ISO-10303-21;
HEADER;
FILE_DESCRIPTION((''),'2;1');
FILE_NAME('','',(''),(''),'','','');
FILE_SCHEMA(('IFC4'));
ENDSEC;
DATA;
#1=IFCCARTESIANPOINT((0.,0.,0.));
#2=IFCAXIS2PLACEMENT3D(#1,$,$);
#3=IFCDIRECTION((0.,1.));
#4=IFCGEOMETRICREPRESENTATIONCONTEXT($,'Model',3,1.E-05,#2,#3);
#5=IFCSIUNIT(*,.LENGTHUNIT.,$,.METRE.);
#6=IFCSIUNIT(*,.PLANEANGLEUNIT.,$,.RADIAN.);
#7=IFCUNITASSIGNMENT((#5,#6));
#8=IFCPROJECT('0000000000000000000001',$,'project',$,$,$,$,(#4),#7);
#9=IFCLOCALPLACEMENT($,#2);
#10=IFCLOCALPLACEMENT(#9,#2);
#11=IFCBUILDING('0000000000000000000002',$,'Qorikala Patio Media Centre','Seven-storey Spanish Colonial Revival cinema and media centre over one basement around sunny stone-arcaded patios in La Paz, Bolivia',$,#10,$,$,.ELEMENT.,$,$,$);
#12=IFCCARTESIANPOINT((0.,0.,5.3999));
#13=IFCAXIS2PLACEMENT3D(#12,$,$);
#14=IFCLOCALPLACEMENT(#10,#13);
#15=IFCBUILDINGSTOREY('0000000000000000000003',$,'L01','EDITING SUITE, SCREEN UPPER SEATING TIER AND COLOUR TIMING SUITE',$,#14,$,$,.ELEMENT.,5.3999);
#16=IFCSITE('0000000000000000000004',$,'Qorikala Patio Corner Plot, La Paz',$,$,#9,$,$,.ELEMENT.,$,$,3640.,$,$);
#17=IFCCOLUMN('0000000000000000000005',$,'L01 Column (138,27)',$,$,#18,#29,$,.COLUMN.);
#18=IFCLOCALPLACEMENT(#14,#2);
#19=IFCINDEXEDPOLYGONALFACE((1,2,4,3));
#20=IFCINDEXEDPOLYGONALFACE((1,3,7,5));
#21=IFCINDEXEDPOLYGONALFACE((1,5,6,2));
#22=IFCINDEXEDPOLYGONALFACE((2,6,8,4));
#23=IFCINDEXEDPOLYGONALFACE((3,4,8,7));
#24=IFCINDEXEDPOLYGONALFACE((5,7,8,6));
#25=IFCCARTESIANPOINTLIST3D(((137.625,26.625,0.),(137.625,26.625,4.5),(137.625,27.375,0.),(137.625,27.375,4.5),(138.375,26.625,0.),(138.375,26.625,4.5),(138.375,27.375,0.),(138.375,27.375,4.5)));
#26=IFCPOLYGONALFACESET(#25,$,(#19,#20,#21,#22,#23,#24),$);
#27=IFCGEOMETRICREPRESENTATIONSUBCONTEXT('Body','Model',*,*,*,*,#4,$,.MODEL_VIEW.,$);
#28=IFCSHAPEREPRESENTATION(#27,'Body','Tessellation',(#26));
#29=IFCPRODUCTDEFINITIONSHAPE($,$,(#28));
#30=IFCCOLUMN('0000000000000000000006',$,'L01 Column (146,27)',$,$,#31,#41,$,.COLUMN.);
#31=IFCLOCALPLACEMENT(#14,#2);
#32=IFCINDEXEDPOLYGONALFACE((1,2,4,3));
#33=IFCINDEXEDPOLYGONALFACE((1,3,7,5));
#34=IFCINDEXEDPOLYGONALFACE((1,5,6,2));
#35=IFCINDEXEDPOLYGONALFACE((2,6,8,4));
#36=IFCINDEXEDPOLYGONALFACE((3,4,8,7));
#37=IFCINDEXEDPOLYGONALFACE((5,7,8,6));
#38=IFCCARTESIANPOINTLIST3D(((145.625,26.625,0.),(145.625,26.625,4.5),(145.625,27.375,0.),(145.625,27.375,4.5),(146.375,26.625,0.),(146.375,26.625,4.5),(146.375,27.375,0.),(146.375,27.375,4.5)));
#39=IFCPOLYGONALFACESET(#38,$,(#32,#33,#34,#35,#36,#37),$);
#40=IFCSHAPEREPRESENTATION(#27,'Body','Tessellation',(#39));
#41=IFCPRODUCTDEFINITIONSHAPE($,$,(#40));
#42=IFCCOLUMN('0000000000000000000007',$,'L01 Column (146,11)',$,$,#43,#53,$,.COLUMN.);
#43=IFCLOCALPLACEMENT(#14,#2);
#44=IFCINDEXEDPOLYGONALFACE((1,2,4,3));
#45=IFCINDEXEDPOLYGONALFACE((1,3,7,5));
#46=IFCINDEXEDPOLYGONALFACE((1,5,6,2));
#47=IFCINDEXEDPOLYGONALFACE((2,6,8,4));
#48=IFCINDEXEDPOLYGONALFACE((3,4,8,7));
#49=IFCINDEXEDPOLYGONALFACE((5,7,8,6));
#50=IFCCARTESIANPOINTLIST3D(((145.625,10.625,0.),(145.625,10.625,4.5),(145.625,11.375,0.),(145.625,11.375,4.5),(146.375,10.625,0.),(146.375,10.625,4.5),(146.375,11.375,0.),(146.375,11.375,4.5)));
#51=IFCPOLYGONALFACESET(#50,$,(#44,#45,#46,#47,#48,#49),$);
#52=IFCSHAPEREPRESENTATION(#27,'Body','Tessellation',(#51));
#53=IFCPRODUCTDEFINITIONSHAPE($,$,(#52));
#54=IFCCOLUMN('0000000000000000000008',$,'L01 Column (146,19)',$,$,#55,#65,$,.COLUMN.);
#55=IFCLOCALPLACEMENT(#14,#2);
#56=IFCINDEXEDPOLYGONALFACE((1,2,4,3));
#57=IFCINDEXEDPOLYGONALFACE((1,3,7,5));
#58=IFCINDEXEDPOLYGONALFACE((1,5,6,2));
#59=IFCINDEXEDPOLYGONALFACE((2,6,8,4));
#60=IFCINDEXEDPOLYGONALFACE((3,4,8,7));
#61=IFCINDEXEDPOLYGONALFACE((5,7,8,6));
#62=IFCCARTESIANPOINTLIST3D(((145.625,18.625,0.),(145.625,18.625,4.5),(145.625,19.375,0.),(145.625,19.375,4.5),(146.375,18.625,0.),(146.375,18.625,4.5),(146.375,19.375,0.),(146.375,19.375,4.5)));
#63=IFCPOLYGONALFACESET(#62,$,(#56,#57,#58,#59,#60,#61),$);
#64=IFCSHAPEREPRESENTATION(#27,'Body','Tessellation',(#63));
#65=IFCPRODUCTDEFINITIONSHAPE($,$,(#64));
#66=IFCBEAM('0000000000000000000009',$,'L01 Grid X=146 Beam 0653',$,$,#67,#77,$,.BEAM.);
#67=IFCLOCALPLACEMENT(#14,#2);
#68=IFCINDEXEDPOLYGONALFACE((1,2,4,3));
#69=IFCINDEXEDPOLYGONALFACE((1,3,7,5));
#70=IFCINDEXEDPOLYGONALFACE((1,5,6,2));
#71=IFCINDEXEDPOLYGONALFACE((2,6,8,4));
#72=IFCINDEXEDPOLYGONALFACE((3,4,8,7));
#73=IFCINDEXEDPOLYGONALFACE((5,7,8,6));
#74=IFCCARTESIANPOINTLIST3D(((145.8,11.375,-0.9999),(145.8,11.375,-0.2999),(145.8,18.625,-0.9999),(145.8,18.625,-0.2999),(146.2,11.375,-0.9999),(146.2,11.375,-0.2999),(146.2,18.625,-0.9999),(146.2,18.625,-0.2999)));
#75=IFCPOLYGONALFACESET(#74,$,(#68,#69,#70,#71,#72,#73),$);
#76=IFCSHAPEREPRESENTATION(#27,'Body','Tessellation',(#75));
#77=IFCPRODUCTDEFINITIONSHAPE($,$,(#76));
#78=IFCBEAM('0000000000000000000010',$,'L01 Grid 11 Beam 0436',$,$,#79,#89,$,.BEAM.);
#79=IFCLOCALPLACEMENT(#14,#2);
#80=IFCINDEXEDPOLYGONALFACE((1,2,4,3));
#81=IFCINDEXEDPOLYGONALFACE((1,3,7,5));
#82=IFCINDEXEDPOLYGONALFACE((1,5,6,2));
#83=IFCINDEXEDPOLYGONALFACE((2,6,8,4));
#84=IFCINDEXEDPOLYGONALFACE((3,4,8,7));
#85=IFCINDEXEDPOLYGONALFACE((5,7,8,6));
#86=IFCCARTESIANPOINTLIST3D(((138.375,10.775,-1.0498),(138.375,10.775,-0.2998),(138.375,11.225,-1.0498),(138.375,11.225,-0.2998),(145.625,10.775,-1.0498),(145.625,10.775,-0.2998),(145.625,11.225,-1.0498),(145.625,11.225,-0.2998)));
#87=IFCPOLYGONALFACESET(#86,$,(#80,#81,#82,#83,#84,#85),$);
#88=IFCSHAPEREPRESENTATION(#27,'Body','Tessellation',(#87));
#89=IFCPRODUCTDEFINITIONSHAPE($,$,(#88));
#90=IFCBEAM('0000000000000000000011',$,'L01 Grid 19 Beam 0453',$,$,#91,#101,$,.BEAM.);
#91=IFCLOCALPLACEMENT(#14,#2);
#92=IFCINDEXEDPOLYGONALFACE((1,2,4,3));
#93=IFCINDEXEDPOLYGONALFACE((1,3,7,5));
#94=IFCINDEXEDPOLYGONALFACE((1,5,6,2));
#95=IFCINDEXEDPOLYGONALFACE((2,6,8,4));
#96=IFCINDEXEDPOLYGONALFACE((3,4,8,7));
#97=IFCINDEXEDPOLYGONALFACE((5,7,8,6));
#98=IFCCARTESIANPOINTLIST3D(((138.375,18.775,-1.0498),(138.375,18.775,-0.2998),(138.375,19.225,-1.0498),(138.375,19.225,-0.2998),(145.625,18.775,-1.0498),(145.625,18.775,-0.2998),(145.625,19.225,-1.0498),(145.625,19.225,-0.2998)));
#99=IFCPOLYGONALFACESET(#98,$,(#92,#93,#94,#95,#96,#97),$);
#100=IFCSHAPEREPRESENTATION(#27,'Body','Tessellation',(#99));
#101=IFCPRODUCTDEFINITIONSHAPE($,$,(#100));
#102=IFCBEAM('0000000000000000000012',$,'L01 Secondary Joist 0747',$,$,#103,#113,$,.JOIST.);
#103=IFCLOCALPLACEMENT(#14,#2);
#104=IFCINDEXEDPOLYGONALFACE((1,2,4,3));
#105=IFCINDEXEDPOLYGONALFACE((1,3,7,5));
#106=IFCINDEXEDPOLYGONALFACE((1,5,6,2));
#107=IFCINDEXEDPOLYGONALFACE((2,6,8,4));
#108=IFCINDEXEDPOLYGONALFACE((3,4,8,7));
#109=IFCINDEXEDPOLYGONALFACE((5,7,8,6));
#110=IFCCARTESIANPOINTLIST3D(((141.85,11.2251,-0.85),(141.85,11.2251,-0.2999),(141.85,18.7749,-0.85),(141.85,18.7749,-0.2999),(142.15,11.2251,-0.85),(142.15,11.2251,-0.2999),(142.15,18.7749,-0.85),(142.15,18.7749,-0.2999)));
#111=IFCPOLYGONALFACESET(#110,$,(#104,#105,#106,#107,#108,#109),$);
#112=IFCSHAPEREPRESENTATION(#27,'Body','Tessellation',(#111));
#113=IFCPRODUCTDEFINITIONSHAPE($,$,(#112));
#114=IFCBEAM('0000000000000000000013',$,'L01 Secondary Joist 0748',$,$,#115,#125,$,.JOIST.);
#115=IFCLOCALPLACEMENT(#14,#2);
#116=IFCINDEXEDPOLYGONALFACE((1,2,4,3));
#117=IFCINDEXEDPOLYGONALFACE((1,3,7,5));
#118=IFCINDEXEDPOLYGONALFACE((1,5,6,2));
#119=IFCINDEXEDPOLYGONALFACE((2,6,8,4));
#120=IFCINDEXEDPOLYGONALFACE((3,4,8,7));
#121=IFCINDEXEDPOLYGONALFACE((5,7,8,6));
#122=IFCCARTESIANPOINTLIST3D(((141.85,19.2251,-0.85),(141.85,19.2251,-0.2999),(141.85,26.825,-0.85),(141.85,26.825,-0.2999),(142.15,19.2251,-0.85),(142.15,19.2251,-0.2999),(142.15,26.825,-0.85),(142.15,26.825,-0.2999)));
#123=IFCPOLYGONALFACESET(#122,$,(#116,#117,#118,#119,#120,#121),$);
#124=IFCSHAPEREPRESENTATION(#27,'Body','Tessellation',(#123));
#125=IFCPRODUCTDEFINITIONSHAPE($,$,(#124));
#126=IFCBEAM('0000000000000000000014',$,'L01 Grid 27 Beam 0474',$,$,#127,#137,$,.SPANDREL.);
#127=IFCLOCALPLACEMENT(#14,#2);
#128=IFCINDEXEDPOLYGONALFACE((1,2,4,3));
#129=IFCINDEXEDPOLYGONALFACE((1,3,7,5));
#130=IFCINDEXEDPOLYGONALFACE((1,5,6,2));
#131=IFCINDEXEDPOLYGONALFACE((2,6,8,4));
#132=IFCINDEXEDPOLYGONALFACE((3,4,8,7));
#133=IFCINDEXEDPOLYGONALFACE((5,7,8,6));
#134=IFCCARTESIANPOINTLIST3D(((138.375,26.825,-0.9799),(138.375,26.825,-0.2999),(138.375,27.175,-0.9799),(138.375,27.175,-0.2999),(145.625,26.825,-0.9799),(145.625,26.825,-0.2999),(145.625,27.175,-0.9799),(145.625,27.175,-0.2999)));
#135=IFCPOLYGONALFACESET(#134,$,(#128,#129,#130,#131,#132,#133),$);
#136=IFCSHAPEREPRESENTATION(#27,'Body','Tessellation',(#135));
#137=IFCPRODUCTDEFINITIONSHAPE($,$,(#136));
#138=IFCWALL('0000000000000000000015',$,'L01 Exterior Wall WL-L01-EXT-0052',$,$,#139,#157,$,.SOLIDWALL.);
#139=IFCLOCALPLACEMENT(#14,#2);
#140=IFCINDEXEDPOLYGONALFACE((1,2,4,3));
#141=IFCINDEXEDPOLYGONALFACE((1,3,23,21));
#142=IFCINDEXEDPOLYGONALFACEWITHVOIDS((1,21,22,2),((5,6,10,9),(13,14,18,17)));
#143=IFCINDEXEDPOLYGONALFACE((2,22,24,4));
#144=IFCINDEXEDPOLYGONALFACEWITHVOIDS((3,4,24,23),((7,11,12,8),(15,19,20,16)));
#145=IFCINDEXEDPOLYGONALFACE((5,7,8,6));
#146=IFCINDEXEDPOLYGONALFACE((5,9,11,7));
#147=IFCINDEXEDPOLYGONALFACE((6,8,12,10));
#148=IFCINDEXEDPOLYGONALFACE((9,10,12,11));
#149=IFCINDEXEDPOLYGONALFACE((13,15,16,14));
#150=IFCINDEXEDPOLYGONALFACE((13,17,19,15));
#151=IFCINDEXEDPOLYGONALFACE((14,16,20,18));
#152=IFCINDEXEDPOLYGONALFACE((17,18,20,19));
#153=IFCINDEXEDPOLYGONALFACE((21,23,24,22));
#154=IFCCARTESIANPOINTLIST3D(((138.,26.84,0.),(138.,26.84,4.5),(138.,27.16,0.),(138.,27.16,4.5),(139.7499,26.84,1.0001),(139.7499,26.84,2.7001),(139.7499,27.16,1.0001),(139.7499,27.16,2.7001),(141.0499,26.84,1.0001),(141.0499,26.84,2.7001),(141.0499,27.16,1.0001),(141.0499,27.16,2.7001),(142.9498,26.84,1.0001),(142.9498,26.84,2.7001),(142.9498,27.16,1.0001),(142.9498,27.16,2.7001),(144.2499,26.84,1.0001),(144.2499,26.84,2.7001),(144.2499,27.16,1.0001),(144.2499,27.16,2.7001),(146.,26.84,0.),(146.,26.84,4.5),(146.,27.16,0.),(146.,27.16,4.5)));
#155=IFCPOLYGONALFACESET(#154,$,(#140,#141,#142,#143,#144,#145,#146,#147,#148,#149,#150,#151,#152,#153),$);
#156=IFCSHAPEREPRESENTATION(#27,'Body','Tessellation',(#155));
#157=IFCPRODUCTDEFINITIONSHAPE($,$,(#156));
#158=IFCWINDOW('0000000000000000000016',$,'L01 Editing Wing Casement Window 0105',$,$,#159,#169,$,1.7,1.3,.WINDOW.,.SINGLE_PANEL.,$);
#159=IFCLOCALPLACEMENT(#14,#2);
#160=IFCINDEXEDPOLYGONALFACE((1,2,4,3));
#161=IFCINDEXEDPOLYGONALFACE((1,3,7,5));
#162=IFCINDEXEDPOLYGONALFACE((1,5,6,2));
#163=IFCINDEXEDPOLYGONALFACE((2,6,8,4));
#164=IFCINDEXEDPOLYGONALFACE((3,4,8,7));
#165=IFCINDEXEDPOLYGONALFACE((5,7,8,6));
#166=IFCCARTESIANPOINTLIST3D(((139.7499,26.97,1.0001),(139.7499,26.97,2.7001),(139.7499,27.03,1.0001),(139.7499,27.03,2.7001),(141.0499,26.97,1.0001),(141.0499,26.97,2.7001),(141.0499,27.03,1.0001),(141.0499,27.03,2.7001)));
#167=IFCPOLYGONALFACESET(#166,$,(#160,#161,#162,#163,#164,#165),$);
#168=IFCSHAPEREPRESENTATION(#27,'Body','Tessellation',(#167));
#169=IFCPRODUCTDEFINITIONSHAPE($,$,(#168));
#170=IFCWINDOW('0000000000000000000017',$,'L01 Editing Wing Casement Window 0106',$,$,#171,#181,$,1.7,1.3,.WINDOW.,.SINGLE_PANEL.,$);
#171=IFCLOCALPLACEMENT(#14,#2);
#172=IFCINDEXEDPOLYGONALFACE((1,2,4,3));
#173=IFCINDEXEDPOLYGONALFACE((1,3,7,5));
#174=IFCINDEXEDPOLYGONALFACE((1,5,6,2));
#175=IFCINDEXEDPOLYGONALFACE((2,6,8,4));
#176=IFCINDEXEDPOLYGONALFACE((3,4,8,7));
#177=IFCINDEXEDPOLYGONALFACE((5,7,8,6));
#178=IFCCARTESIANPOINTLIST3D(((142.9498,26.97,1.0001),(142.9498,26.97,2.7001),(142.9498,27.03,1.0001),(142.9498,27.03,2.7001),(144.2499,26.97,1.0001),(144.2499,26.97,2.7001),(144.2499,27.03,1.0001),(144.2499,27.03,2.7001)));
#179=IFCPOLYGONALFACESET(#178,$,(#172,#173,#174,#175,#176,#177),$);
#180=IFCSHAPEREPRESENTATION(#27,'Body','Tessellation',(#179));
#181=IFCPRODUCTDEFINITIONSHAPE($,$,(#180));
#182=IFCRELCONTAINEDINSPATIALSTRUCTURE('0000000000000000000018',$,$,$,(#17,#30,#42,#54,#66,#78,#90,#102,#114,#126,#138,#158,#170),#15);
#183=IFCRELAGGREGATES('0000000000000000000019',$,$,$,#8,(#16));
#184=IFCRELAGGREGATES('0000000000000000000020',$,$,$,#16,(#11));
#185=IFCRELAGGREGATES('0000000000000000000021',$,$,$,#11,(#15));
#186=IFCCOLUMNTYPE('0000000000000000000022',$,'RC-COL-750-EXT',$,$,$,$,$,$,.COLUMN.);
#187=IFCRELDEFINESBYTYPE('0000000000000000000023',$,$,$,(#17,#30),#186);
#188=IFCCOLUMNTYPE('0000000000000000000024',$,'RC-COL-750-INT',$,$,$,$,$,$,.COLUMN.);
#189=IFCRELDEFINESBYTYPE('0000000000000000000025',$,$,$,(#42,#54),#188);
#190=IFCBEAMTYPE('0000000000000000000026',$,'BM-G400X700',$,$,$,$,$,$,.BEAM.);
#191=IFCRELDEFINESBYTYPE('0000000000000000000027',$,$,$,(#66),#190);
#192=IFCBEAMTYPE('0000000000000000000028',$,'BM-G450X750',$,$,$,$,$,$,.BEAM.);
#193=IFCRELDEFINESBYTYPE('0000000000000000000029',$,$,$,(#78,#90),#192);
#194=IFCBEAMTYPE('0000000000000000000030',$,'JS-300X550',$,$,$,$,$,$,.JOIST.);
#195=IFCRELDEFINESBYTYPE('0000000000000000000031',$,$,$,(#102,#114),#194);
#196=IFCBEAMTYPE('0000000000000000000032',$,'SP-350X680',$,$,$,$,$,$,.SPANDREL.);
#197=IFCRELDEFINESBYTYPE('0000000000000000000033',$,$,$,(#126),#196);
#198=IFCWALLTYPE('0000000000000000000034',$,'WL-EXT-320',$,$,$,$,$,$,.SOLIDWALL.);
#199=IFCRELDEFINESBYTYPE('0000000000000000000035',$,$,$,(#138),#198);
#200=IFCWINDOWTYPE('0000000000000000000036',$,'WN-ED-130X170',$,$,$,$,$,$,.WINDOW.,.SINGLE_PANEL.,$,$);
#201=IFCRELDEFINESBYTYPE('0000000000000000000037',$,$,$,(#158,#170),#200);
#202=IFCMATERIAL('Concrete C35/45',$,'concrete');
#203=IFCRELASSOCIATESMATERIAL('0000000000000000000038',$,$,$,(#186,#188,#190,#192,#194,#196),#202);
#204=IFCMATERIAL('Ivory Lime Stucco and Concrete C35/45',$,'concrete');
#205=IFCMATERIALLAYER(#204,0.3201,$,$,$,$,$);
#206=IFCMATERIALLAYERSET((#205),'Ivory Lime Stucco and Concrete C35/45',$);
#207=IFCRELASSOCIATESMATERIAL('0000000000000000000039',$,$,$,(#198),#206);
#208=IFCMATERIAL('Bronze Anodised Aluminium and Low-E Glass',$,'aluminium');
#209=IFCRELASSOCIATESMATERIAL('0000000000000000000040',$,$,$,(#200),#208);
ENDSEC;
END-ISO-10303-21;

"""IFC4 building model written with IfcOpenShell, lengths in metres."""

from ifc_helpers import new_model, si_unit, direction, frame, frame_2d, origin, origin_2d, place, context, subcontext, project, spatial, rectangle, extrude, material, layer, layer_set, material_profile, profile_set, type_object, element, fill, save


model = new_model("IFC4")

# Units and contexts
model_context = context("Model", 3, precision=1e-05, world=origin(), true_north=direction((0.0, 1.0)))
body_context = subcontext(model_context, "Body", "Model", "MODEL_VIEW")
ifc_project = project(units=[si_unit("LENGTHUNIT", "METRE"), si_unit("PLANEANGLEUNIT", "RADIAN")], contexts=[model_context])

# Site, building, storey
site_placement = place(None, origin())
site = spatial("IfcSite", under=ifc_project, at=site_placement, Name="Qorikala Patio Corner Plot, La Paz", CompositionType="ELEMENT", RefElevation=3640.0)
building_placement = place(site_placement, origin())
building = spatial("IfcBuilding", under=site, at=building_placement, Name="Qorikala Patio Media Centre", Description="Seven-storey Spanish Colonial Revival cinema and media centre over one basement around sunny stone-arcaded patios in La Paz, Bolivia", CompositionType="ELEMENT")
storey_placement = place(building_placement, frame((0.0, 0.0, 5.3999)))
storey = spatial("IfcBuildingStorey", under=building, at=storey_placement, Name="L01", Description="EDITING SUITE, SCREEN UPPER SEATING TIER AND COLOUR TIMING SUITE", CompositionType="ELEMENT", Elevation=5.3999)

# Columns
ifc_material_1 = material(Name="Concrete C35/45", Category="concrete")
ifc_material_profile_1 = material_profile(ifc_material_1, rectangle(XDim=0.75, YDim=0.75, at=origin_2d()), Name="RC 750x750")
ifc_profile_set_1 = profile_set([ifc_material_profile_1], Name="Concrete C35/45")
column_type_1 = type_object("IfcColumnType", Name="RC-COL-750-EXT", PredefinedType="COLUMN", material=ifc_profile_set_1)
for number, where, z_axis, x_axis, name in (
    (1, (138.0, 27.0, 0.0), (0.0, 0.0, 1.0), (1.0, 0.0, 0.0), "L01 Column (138,27)"),
    (2, (146.0, 27.0, 0.0), (0.0, 0.0, 1.0), (1.0, 0.0, 0.0), "L01 Column (146,27)"),
):
    element("IfcColumn", number, at=place(storey_placement, frame(where, z_axis=z_axis, x_axis=x_axis)), inside=storey, type_object=column_type_1, Name=name, PredefinedType="COLUMN", context=body_context, shape_type="SweptSolid", body=[
        extrude(rectangle(XDim=0.75, YDim=0.75, at=origin_2d()), origin(), (0.0, 0.0, 1.0), 4.5),
    ])
ifc_material_profile_2 = material_profile(ifc_material_1, rectangle(XDim=0.75, YDim=0.75, at=origin_2d()), Name="RC 750x750")
ifc_profile_set_2 = profile_set([ifc_material_profile_2], Name="Concrete C35/45")
column_type_2 = type_object("IfcColumnType", Name="RC-COL-750-INT", PredefinedType="COLUMN", material=ifc_profile_set_2)
for number, where, z_axis, x_axis, name in (
    (3, (146.0, 11.0, 0.0), (0.0, 0.0, 1.0), (1.0, 0.0, 0.0), "L01 Column (146,11)"),
    (4, (146.0, 19.0, 0.0), (0.0, 0.0, 1.0), (1.0, 0.0, 0.0), "L01 Column (146,19)"),
):
    element("IfcColumn", number, at=place(storey_placement, frame(where, z_axis=z_axis, x_axis=x_axis)), inside=storey, type_object=column_type_2, Name=name, PredefinedType="COLUMN", context=body_context, shape_type="SweptSolid", body=[
        extrude(rectangle(XDim=0.75, YDim=0.75, at=origin_2d()), origin(), (0.0, 0.0, 1.0), 4.5),
    ])

# Beams
ifc_material_profile_3 = material_profile(ifc_material_1, rectangle(XDim=0.3999, YDim=0.7, at=origin_2d()), Name="RC 400x700")
ifc_profile_set_3 = profile_set([ifc_material_profile_3], Name="Concrete C35/45")
beam_type_1 = type_object("IfcBeamType", Name="BM-G400X700", PredefinedType="BEAM", material=ifc_profile_set_3)
beam_1_placement = place(storey_placement, frame((146.0, 11.375, -0.6499), z_axis=(0.0, 1.0, 0.0), x_axis=(-1.0, 0.0, 0.0)))
element("IfcBeam", 5, at=beam_1_placement, inside=storey, type_object=beam_type_1, Name="L01 Grid X=146 Beam 0653", PredefinedType="BEAM", context=body_context, shape_type="SweptSolid", body=[
    extrude(rectangle(XDim=0.3999, YDim=0.7, at=origin_2d()), origin(), (0.0, 0.0, 1.0), 7.25),
])
ifc_material_profile_4 = material_profile(ifc_material_1, rectangle(XDim=0.45, YDim=0.75, at=origin_2d()), Name="RC 450x750")
ifc_profile_set_4 = profile_set([ifc_material_profile_4], Name="Concrete C35/45")
beam_type_2 = type_object("IfcBeamType", Name="BM-G450X750", PredefinedType="BEAM", material=ifc_profile_set_4)
for number, where, z_axis, x_axis, name in (
    (6, (138.375, 11.0, -0.6748), (1.0, 0.0, 0.0), (0.0, 1.0, 0.0), "L01 Grid 11 Beam 0436"),
    (7, (138.375, 19.0, -0.6748), (1.0, 0.0, 0.0), (0.0, 1.0, 0.0), "L01 Grid 19 Beam 0453"),
):
    element("IfcBeam", number, at=place(storey_placement, frame(where, z_axis=z_axis, x_axis=x_axis)), inside=storey, type_object=beam_type_2, Name=name, PredefinedType="BEAM", context=body_context, shape_type="SweptSolid", body=[
        extrude(rectangle(XDim=0.45, YDim=0.75, at=origin_2d()), origin(), (0.0, 0.0, 1.0), 7.25),
    ])
ifc_material_profile_5 = material_profile(ifc_material_1, rectangle(XDim=0.3, YDim=0.55, at=origin_2d()), Name="RC 300x550")
ifc_profile_set_5 = profile_set([ifc_material_profile_5], Name="Concrete C35/45")
beam_type_3 = type_object("IfcBeamType", Name="JS-300X550", PredefinedType="JOIST", material=ifc_profile_set_5)
beam_2_placement = place(storey_placement, frame((142.0, 11.2251, -0.575), z_axis=(0.0, 1.0, 0.0), x_axis=(-1.0, 0.0, 0.0)))
element("IfcBeam", 8, at=beam_2_placement, inside=storey, type_object=beam_type_3, Name="L01 Secondary Joist 0747", PredefinedType="JOIST", context=body_context, shape_type="SweptSolid", body=[
    extrude(rectangle(XDim=0.3, YDim=0.55, at=origin_2d()), origin(), (0.0, 0.0, 1.0), 7.5498),
])
beam_3_placement = place(storey_placement, frame((142.0, 19.2251, -0.575), z_axis=(0.0, 1.0, 0.0), x_axis=(-1.0, 0.0, 0.0)))
element("IfcBeam", 9, at=beam_3_placement, inside=storey, type_object=beam_type_3, Name="L01 Secondary Joist 0748", PredefinedType="JOIST", context=body_context, shape_type="SweptSolid", body=[
    extrude(rectangle(XDim=0.3, YDim=0.55, at=origin_2d()), origin(), (0.0, 0.0, 1.0), 7.5999),
])
ifc_material_profile_6 = material_profile(ifc_material_1, rectangle(XDim=0.3501, YDim=0.6799, at=origin_2d()), Name="RC 350x680")
ifc_profile_set_6 = profile_set([ifc_material_profile_6], Name="Concrete C35/45")
beam_type_4 = type_object("IfcBeamType", Name="SP-350X680", PredefinedType="SPANDREL", material=ifc_profile_set_6)
beam_4_placement = place(storey_placement, frame((138.375, 27.0, -0.6399), z_axis=(1.0, 0.0, 0.0), x_axis=(0.0, 1.0, 0.0)))
element("IfcBeam", 10, at=beam_4_placement, inside=storey, type_object=beam_type_4, Name="L01 Grid 27 Beam 0474", PredefinedType="SPANDREL", context=body_context, shape_type="SweptSolid", body=[
    extrude(rectangle(XDim=0.3501, YDim=0.6799, at=origin_2d()), origin(), (0.0, 0.0, 1.0), 7.25),
])

# Wall, openings, windows
ifc_material_2 = material(Name="Ivory Lime Stucco and Concrete C35/45", Category="concrete")
ifc_layer_1 = layer(ifc_material_2, 0.3201)
ifc_layer_set_1 = layer_set([ifc_layer_1], Name="Ivory Lime Stucco and Concrete C35/45")
wall_type_1 = type_object("IfcWallType", Name="WL-EXT-320", PredefinedType="SOLIDWALL", material=ifc_layer_set_1)
wall_1_placement = place(storey_placement, frame((138.0, 27.0, 0.0), z_axis=(0.0, 0.0, 1.0), x_axis=(1.0, 0.0, 0.0)))
wall_1 = element("IfcWall", 11, at=wall_1_placement, inside=storey, type_object=wall_type_1, Name="L01 Exterior Wall WL-L01-EXT-0052", PredefinedType="SOLIDWALL", context=body_context, shape_type="SweptSolid", body=[
    extrude(rectangle(XDim=8.0, YDim=0.3201, at=frame_2d((4.0, 0.0))), origin(), (0.0, 0.0, 1.0), 4.5),
])
opening_1_placement = place(wall_1_placement, frame((1.75, 0.0, 1.0)))
opening_1 = element("IfcOpeningElement", 12, at=opening_1_placement, cuts=wall_1, PredefinedType="OPENING", context=body_context, shape_type="SweptSolid", body=[
    extrude(rectangle(XDim=1.3, YDim=1.7, at=frame_2d((0.6499, 0.8501))), frame((0.0, 0.1699, 0.0), z_axis=(0.0, -1.0, 0.0), x_axis=(1.0, 0.0, 0.0)), (0.0, 0.0, 1.0), 0.3401),
])
opening_2_placement = place(wall_1_placement, frame((4.95, 0.0, 1.0)))
opening_2 = element("IfcOpeningElement", 13, at=opening_2_placement, cuts=wall_1, PredefinedType="OPENING", context=body_context, shape_type="SweptSolid", body=[
    extrude(rectangle(XDim=1.3, YDim=1.7, at=frame_2d((0.6499, 0.8501))), frame((0.0, 0.1699, 0.0), z_axis=(0.0, -1.0, 0.0), x_axis=(1.0, 0.0, 0.0)), (0.0, 0.0, 1.0), 0.3401),
])
ifc_material_3 = material(Name="Bronze Anodised Aluminium and Low-E Glass", Category="aluminium")
window_type = type_object("IfcWindowType", Name="WN-ED-130X170", PartitioningType="SINGLE_PANEL", PredefinedType="WINDOW", material=ifc_material_3)
window_1_placement = place(opening_1_placement, origin())
window_1 = element("IfcWindow", 14, at=window_1_placement, inside=storey, type_object=window_type, Name="L01 Editing Wing Casement Window 0105", OverallHeight=1.7, OverallWidth=1.3, PartitioningType="SINGLE_PANEL", PredefinedType="WINDOW", context=body_context, shape_type="SweptSolid", body=[
    extrude(rectangle(XDim=1.3, YDim=1.7, at=frame_2d((0.6499, 0.8501))), frame((0.0, 0.03, 0.0), z_axis=(0.0, -1.0, 0.0), x_axis=(1.0, 0.0, 0.0)), (0.0, 0.0, 1.0), 0.0601),
])
fill(opening_1, window_1)
window_2_placement = place(opening_2_placement, origin())
window_2 = element("IfcWindow", 15, at=window_2_placement, inside=storey, type_object=window_type, Name="L01 Editing Wing Casement Window 0106", OverallHeight=1.7, OverallWidth=1.3, PartitioningType="SINGLE_PANEL", PredefinedType="WINDOW", context=body_context, shape_type="SweptSolid", body=[
    extrude(rectangle(XDim=1.3, YDim=1.7, at=frame_2d((0.6499, 0.8501))), frame((0.0, 0.03, 0.0), z_axis=(0.0, -1.0, 0.0), x_axis=(1.0, 0.0, 0.0)), (0.0, 0.0, 1.0), 0.0601),
])
fill(opening_2, window_2)

save(model, "model.ifc")
